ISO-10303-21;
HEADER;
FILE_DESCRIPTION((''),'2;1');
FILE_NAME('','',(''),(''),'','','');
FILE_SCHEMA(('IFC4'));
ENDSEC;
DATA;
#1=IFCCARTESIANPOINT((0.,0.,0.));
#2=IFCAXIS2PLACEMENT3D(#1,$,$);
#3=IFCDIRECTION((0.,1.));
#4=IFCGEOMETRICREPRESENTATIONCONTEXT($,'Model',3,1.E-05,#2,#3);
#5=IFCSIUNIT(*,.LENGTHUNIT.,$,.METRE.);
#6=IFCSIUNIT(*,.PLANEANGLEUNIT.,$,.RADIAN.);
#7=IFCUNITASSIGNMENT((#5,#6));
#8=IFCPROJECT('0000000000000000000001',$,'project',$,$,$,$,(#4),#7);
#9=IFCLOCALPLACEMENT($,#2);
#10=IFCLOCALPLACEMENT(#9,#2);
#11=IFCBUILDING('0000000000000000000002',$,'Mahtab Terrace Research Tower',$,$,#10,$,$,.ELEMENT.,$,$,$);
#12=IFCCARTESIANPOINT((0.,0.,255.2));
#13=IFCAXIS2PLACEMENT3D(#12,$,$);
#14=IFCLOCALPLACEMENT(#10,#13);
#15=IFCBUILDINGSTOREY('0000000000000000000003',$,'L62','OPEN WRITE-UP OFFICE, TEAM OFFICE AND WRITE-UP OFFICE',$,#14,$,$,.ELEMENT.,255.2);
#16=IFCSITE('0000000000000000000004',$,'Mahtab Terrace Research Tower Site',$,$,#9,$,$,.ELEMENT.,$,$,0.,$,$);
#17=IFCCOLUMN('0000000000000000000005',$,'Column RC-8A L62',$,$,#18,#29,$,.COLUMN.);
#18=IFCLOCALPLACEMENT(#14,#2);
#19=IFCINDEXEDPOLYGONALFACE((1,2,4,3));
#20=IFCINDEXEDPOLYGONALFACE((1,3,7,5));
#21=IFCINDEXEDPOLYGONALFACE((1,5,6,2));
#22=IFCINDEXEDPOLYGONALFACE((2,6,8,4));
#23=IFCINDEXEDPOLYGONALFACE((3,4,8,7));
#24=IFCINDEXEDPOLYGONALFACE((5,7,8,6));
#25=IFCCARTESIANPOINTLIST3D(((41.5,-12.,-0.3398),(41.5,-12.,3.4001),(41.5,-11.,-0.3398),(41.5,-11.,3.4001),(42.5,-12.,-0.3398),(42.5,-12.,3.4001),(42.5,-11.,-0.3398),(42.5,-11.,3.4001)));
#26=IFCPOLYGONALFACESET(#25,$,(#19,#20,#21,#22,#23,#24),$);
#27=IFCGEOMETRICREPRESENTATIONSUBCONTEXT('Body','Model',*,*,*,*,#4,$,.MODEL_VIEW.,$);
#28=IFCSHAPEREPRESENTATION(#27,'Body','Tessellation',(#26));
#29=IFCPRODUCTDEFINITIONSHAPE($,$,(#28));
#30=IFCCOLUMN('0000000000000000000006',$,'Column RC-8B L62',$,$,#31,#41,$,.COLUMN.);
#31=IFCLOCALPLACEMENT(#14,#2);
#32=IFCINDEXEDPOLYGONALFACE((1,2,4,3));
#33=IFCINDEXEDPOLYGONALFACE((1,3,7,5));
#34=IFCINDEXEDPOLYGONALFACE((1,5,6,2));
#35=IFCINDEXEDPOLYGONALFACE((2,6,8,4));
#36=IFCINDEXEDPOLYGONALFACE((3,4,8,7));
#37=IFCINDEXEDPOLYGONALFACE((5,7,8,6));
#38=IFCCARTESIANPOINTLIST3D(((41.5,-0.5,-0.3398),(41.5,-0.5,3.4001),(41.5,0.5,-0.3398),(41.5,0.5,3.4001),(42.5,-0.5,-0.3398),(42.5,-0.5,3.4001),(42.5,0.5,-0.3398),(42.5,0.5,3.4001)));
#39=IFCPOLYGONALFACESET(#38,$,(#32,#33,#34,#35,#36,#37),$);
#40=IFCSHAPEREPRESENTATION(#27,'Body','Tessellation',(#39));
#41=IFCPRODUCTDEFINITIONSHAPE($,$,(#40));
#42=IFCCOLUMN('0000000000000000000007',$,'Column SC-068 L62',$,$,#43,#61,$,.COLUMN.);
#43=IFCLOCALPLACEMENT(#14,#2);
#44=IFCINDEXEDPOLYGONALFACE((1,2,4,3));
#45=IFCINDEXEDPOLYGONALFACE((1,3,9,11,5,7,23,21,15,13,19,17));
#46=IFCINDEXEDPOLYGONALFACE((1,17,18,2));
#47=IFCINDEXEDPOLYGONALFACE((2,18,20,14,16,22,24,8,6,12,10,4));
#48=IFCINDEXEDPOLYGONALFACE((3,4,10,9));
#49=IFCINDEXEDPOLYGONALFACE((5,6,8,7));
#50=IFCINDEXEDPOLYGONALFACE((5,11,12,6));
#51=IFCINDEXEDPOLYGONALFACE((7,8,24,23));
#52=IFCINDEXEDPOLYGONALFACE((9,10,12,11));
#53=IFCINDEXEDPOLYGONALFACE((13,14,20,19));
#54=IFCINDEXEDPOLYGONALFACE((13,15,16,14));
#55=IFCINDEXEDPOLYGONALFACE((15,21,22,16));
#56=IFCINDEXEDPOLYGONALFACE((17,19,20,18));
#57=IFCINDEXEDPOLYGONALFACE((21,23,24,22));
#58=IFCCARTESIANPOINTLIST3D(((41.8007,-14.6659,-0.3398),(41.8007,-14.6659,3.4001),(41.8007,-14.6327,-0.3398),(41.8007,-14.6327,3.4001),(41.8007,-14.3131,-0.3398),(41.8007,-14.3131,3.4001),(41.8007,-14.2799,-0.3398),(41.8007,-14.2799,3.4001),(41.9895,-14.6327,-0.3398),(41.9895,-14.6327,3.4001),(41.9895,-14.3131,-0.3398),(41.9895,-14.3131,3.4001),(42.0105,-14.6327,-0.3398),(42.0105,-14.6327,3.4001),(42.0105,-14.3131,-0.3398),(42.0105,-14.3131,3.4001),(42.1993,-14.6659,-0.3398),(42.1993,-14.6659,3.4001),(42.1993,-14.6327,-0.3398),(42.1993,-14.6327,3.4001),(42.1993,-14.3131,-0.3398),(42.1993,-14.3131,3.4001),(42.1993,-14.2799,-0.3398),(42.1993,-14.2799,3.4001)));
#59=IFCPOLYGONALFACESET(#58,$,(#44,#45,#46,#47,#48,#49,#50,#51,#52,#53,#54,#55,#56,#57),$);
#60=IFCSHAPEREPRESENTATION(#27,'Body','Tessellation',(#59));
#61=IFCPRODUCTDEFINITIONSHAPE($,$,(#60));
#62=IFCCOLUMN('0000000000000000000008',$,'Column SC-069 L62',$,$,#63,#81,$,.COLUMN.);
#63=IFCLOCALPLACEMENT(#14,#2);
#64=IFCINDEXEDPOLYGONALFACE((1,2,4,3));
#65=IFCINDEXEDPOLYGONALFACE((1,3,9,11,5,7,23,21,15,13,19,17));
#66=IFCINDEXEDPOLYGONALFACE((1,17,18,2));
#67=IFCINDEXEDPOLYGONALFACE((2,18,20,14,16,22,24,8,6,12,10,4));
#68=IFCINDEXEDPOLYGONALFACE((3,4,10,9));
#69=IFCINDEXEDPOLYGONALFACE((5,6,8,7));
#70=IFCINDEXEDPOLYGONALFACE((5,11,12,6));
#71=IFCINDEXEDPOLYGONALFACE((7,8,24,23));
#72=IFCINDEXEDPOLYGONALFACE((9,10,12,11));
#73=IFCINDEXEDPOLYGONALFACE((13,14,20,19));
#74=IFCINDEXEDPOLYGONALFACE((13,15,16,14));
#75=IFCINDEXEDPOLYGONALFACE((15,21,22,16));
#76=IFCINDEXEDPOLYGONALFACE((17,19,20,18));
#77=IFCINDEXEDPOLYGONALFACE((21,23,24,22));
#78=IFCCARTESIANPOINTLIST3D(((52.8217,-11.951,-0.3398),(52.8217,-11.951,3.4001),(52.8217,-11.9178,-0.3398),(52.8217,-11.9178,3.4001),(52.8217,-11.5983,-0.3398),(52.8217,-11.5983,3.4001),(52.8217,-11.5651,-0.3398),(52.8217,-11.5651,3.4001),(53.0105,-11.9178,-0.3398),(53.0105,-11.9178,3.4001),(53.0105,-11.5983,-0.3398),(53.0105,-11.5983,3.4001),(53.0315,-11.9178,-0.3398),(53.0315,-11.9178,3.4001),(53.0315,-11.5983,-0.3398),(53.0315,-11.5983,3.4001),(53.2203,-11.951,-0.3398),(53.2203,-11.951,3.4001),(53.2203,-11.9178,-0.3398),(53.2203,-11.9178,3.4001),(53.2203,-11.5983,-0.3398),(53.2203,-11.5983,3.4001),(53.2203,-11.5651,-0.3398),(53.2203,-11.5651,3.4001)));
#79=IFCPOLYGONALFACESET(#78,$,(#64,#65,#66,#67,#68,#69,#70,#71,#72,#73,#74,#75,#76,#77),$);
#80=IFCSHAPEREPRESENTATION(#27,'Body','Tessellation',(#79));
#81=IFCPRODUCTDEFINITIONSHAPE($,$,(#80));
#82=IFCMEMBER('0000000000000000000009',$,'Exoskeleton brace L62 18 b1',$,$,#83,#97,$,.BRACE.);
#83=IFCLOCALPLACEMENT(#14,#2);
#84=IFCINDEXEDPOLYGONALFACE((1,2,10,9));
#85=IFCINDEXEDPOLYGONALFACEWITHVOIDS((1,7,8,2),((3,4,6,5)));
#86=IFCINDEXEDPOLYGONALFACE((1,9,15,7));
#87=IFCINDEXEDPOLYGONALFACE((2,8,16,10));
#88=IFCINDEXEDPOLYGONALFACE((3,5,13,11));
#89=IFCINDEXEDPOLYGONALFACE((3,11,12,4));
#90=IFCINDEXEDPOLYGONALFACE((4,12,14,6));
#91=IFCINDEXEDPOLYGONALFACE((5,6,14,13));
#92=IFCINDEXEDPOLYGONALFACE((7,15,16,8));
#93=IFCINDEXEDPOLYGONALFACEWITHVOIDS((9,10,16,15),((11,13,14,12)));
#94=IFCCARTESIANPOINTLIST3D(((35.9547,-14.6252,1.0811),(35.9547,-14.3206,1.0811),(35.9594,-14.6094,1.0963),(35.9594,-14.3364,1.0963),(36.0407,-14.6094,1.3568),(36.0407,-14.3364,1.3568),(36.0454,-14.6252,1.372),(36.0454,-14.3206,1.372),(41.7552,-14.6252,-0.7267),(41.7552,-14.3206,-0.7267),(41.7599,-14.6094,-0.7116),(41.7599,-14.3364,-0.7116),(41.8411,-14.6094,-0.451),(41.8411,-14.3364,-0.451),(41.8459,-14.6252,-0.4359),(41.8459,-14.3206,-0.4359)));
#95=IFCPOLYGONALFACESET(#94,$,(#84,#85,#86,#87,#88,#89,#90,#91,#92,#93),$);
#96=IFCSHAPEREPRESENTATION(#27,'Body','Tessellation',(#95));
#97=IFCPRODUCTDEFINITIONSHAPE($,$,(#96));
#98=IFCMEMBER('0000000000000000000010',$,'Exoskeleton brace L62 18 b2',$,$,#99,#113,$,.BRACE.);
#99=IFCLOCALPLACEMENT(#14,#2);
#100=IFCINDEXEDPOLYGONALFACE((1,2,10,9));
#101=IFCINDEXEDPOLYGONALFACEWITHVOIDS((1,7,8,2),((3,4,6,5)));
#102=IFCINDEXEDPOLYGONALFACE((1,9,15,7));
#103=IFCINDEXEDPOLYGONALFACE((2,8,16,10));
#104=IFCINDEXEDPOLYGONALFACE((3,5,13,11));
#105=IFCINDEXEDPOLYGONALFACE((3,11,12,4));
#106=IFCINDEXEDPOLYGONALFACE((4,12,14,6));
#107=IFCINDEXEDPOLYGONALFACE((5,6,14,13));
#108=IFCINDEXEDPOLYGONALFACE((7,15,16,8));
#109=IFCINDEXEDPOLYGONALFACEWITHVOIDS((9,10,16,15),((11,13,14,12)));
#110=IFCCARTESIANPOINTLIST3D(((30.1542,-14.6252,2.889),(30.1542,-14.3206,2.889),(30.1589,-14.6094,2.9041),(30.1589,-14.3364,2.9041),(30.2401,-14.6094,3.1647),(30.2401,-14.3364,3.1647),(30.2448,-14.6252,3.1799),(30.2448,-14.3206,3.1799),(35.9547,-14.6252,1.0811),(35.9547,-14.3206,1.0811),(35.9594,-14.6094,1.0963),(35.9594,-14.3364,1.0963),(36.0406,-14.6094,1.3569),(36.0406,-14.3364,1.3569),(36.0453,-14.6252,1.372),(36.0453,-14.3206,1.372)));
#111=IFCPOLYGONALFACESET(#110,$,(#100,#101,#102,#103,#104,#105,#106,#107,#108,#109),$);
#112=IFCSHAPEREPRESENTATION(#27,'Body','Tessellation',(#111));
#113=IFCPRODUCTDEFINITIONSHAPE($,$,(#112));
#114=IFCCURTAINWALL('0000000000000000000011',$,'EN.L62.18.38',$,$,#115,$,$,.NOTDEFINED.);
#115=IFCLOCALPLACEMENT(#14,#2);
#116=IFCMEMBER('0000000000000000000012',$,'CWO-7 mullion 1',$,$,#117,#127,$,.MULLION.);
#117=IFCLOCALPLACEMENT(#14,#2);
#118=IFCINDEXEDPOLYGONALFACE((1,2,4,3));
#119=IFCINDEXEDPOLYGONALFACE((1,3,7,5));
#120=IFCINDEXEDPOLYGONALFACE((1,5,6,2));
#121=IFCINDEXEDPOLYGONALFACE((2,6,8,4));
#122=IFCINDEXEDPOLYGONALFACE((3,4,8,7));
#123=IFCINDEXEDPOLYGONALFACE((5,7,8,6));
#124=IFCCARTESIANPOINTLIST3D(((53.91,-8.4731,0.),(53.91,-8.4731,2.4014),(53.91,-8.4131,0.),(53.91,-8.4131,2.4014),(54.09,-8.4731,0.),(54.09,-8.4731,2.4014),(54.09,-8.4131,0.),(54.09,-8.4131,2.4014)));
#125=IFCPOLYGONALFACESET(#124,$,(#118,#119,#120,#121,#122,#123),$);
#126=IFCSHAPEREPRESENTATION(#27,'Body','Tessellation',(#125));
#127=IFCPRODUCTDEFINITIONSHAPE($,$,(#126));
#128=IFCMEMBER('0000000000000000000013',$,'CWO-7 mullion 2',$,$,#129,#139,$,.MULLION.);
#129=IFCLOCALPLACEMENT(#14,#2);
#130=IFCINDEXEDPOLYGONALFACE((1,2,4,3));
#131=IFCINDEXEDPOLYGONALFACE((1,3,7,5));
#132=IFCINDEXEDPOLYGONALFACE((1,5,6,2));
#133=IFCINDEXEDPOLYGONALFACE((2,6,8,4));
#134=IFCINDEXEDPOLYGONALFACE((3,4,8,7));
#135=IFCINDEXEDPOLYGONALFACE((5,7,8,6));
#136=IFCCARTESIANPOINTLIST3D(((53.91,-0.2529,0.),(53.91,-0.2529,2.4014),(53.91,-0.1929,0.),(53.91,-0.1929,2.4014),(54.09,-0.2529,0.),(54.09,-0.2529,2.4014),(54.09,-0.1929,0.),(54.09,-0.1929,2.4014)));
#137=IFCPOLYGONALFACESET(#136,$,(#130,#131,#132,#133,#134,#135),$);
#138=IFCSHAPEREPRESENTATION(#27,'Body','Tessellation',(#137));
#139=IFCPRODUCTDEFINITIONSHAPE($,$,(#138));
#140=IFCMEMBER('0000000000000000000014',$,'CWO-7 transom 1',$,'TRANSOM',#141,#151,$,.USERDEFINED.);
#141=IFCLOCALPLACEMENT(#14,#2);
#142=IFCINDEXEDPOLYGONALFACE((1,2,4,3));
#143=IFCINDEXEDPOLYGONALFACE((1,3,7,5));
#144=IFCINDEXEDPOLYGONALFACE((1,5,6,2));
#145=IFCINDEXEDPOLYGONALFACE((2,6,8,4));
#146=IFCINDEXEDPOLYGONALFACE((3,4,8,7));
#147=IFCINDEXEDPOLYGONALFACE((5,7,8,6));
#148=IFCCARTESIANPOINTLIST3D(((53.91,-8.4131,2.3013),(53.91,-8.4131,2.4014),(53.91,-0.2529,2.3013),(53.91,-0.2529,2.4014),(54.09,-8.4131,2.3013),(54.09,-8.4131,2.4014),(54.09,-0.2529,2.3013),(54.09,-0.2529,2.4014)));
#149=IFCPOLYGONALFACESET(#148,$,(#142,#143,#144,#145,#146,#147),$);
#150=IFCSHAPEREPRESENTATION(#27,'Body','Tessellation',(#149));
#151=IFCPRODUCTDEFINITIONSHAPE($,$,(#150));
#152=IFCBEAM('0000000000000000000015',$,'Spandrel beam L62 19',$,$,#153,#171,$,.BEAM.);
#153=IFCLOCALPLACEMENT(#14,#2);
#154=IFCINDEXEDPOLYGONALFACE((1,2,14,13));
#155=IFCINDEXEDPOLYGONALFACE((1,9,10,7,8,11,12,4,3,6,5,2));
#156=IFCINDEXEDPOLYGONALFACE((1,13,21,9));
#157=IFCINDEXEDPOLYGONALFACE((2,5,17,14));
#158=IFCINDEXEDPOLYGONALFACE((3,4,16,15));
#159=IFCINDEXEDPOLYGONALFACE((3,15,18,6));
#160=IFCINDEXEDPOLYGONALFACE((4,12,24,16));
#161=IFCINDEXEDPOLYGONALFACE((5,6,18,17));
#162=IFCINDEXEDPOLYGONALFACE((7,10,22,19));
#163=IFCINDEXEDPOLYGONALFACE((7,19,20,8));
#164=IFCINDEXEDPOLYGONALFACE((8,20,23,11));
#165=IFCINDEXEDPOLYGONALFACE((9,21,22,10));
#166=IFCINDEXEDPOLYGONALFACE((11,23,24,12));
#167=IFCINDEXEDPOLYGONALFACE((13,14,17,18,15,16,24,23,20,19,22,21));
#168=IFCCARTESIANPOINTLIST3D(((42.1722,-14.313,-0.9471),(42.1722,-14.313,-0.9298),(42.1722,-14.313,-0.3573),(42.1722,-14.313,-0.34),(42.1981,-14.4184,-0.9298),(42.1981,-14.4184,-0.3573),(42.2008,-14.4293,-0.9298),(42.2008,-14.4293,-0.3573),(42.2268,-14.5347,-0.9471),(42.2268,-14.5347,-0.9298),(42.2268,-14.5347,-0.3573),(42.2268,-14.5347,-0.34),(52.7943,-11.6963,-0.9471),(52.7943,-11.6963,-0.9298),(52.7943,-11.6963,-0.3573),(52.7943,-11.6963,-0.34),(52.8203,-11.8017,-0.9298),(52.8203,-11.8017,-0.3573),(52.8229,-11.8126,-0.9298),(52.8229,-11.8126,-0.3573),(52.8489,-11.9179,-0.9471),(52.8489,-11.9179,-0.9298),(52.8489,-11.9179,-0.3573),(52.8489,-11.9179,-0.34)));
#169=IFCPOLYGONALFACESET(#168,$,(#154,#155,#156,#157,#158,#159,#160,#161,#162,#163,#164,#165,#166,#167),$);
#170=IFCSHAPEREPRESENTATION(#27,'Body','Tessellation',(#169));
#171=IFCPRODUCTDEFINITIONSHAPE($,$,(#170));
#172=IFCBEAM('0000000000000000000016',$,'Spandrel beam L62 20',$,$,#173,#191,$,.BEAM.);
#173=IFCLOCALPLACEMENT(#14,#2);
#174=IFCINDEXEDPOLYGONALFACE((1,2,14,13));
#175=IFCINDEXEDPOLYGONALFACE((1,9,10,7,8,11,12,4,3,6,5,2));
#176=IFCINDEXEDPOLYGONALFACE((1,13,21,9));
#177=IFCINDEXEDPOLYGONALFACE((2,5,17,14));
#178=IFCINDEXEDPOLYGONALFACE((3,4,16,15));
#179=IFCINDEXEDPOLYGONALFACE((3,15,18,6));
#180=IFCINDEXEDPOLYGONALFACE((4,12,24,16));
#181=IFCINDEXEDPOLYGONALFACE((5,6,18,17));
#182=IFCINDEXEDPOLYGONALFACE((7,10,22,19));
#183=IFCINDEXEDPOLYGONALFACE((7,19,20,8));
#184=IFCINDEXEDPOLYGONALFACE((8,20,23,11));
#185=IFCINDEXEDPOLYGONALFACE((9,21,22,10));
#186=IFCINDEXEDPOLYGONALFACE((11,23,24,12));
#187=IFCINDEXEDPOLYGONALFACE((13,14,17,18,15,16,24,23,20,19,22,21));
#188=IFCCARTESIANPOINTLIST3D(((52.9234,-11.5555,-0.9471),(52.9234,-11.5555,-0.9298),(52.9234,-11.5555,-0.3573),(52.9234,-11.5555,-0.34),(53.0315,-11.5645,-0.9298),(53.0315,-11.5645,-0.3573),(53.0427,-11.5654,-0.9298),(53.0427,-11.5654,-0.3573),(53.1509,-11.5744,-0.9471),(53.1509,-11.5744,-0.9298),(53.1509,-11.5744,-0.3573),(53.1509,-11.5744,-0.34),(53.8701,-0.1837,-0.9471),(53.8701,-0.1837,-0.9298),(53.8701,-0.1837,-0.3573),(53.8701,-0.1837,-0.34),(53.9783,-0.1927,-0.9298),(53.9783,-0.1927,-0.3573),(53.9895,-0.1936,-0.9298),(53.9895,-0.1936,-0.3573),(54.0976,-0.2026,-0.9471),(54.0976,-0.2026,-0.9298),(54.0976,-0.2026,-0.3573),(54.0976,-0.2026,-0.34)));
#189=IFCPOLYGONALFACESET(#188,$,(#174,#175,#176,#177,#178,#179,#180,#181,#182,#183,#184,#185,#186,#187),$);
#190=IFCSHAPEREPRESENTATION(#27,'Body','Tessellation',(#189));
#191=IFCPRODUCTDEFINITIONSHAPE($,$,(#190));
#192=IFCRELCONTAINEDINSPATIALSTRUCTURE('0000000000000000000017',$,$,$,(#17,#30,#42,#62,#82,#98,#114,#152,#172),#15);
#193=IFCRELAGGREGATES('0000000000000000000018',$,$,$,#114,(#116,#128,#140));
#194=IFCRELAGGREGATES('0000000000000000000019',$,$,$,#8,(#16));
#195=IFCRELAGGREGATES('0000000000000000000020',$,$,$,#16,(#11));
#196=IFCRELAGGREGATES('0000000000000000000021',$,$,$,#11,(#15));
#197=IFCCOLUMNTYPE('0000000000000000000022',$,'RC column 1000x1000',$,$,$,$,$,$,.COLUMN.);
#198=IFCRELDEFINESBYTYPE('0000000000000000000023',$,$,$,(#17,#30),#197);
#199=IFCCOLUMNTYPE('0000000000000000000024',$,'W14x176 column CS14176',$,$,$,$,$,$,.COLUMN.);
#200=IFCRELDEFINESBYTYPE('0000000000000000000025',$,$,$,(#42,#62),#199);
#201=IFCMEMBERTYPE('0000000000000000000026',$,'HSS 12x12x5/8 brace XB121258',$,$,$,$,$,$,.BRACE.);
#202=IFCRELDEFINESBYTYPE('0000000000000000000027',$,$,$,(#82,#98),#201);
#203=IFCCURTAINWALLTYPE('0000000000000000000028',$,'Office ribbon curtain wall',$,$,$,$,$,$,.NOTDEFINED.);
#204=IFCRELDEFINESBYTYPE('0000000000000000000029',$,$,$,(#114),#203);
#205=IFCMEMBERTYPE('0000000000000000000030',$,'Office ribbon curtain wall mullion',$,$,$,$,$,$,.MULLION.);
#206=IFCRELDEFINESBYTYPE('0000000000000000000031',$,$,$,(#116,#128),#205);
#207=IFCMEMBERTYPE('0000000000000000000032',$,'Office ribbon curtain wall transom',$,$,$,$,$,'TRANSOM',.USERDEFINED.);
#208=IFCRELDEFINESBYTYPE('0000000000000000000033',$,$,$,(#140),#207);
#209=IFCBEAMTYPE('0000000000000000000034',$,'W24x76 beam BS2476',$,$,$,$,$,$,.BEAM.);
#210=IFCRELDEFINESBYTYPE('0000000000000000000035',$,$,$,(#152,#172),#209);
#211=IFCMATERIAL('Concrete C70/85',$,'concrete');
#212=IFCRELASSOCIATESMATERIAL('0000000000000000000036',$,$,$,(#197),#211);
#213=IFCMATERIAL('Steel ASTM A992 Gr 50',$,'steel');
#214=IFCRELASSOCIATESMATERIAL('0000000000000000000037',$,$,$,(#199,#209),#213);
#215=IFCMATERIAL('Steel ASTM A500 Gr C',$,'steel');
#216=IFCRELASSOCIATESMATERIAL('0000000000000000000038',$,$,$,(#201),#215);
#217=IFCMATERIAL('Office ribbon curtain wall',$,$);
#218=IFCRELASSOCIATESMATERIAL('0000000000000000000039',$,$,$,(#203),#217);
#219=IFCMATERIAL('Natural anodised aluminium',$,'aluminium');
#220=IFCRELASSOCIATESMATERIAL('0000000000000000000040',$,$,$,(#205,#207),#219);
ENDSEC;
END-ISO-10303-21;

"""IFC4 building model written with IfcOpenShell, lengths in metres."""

from ifc_helpers import new_model, si_unit, direction, frame, origin, origin_2d, place, context, subcontext, project, spatial, rectangle, hollow_rectangle, i_section, extrude, material, material_profile, profile_set, type_object, element, aggregate, save


model = new_model("IFC4")

# Units and contexts
model_context = context("Model", 3, precision=1e-05, world=origin(), true_north=direction((0.0, 1.0)))
body_context = subcontext(model_context, "Body", "Model", "MODEL_VIEW")
ifc_project = project(units=[si_unit("LENGTHUNIT", "METRE"), si_unit("PLANEANGLEUNIT", "RADIAN")], contexts=[model_context])

# Site, building, storey
site_placement = place(None, origin())
site = spatial("IfcSite", under=ifc_project, at=site_placement, Name="Mahtab Terrace Research Tower Site", CompositionType="ELEMENT", RefElevation=0.0)
building_placement = place(site_placement, origin())
building = spatial("IfcBuilding", under=site, at=building_placement, Name="Mahtab Terrace Research Tower", CompositionType="ELEMENT")
storey_placement = place(building_placement, frame((0.0, 0.0, 255.2)))
storey = spatial("IfcBuildingStorey", under=building, at=storey_placement, Name="L62", Description="OPEN WRITE-UP OFFICE, TEAM OFFICE AND WRITE-UP OFFICE", CompositionType="ELEMENT", Elevation=255.2)

# Columns
ifc_material_1 = material(Name="Concrete C70/85", Category="concrete")
ifc_material_profile_1 = material_profile(ifc_material_1, rectangle(XDim=1.0, YDim=1.0, at=origin_2d()), Name="RC column 1000x1000")
ifc_profile_set_1 = profile_set([ifc_material_profile_1], Name="Concrete C70/85")
column_type_1 = type_object("IfcColumnType", Name="RC column 1000x1000", PredefinedType="COLUMN", material=ifc_profile_set_1)
for number, where, z_axis, x_axis, name in (
    (1, (42.0, -11.5, -0.3398), (0.0, 0.0, 1.0), (1.0, 0.0, 0.0), "Column RC-8A L62"),
    (2, (42.0, 0.0, -0.3398), (0.0, 0.0, 1.0), (1.0, 0.0, 0.0), "Column RC-8B L62"),
):
    element("IfcColumn", number, at=place(storey_placement, frame(where, z_axis=z_axis, x_axis=x_axis)), inside=storey, type_object=column_type_1, Name=name, PredefinedType="COLUMN", context=body_context, shape_type="SweptSolid", body=[
        extrude(rectangle(XDim=1.0, YDim=1.0, at=origin_2d()), origin(), (0.0, 0.0, 1.0), 3.74),
    ])
ifc_material_2 = material(Name="Steel ASTM A992 Gr 50", Category="steel")
ifc_material_profile_2 = material_profile(ifc_material_2, i_section(OverallWidth=0.3987, OverallDepth=0.386, WebThickness=0.021, FlangeThickness=0.0332, at=origin_2d()), Name="W14X176")
ifc_profile_set_2 = profile_set([ifc_material_profile_2], Name="Steel ASTM A992 Gr 50")
column_type_2 = type_object("IfcColumnType", Name="W14x176 column CS14176", PredefinedType="COLUMN", material=ifc_profile_set_2)
for number, where, z_axis, x_axis, name in (
    (3, (42.0, -14.4729, -0.3398), (0.0, 0.0, 1.0), (1.0, 0.0, 0.0), "Column SC-068 L62"),
    (4, (53.021, -11.7581, -0.3398), (0.0, 0.0, 1.0), (1.0, 0.0, 0.0), "Column SC-069 L62"),
):
    element("IfcColumn", number, at=place(storey_placement, frame(where, z_axis=z_axis, x_axis=x_axis)), inside=storey, type_object=column_type_2, Name=name, PredefinedType="COLUMN", context=body_context, shape_type="SweptSolid", body=[
        extrude(i_section(OverallWidth=0.3987, OverallDepth=0.386, WebThickness=0.021, FlangeThickness=0.0332, at=origin_2d()), origin(), (0.0, 0.0, 1.0), 3.74),
    ])

# Members
ifc_material_3 = material(Name="Steel ASTM A500 Gr C", Category="steel")
ifc_material_profile_3 = material_profile(ifc_material_3, hollow_rectangle(XDim=0.3047, YDim=0.3047, WallThickness=0.0159, at=origin_2d()), Name="HSS12X12X5/8")
ifc_profile_set_3 = profile_set([ifc_material_profile_3], Name="Steel ASTM A500 Gr C")
member_type_1 = type_object("IfcMemberType", Name="HSS 12x12x5/8 brace XB121258", PredefinedType="BRACE", material=ifc_profile_set_3)
for number, where, z_axis, x_axis, name in (
    (5, (41.8005, -14.4729, -0.5813), (-0.954705, 0.0, 0.297554), (0.0, -1.0, 0.0), "Exoskeleton brace L62 18 b1"),
    (6, (36.0, -14.4729, 1.2266), (-0.954705, 0.0, 0.297554), (0.0, -1.0, 0.0), "Exoskeleton brace L62 18 b2"),
):
    element("IfcMember", number, at=place(storey_placement, frame(where, z_axis=z_axis, x_axis=x_axis)), inside=storey, type_object=member_type_1, Name=name, PredefinedType="BRACE", context=body_context, shape_type="SweptSolid", body=[
        extrude(hollow_rectangle(XDim=0.3047, YDim=0.3047, WallThickness=0.0159, at=origin_2d()), origin(), (0.0, 0.0, 1.0), 6.0757),
    ])

# Curtain wall, members
ifc_material_4 = material(Name="Office ribbon curtain wall")
curtain_wall_type = type_object("IfcCurtainWallType", Name="Office ribbon curtain wall", PredefinedType="NOTDEFINED", material=ifc_material_4)
curtain_wall_placement = place(storey_placement, origin())
curtain_wall = element("IfcCurtainWall", 7, at=curtain_wall_placement, inside=storey, type_object=curtain_wall_type, Name="EN.L62.18.38", PredefinedType="NOTDEFINED")
ifc_material_5 = material(Name="Natural anodised aluminium", Category="aluminium")
ifc_material_profile_4 = material_profile(ifc_material_5, rectangle(XDim=0.1799, YDim=0.0601, at=origin_2d()), Name="MULLION 60x180")
ifc_profile_set_4 = profile_set([ifc_material_profile_4], Name="Natural anodised aluminium")
member_type_2 = type_object("IfcMemberType", Name="Office ribbon curtain wall mullion", PredefinedType="MULLION", material=ifc_profile_set_4)
member_1_placement = place(storey_placement, frame((54.0, -8.4431, 0.0), z_axis=(0.0, 0.0, 1.0), x_axis=(-1.0, 0.0, 0.0)))
member_1 = element("IfcMember", 8, at=member_1_placement, type_object=member_type_2, Name="CWO-7 mullion 1", PredefinedType="MULLION", context=body_context, shape_type="SweptSolid", body=[
    extrude(rectangle(XDim=0.1799, YDim=0.0601, at=origin_2d()), origin(), (0.0, 0.0, 1.0), 2.4014),
])
member_2_placement = place(storey_placement, frame((54.0, -0.2229, 0.0), z_axis=(0.0, 0.0, 1.0), x_axis=(-1.0, 0.0, 0.0)))
member_2 = element("IfcMember", 9, at=member_2_placement, type_object=member_type_2, Name="CWO-7 mullion 2", PredefinedType="MULLION", context=body_context, shape_type="SweptSolid", body=[
    extrude(rectangle(XDim=0.1799, YDim=0.0601, at=origin_2d()), origin(), (0.0, 0.0, 1.0), 2.4014),
])
ifc_material_profile_5 = material_profile(ifc_material_5, rectangle(XDim=0.1799, YDim=0.1001, at=origin_2d()), Name="TRANSOM 100x180")
ifc_profile_set_5 = profile_set([ifc_material_profile_5], Name="Natural anodised aluminium")
member_type_3 = type_object("IfcMemberType", Name="Office ribbon curtain wall transom", ElementType="TRANSOM", PredefinedType="USERDEFINED", material=ifc_profile_set_5)
member_3_placement = place(storey_placement, frame((54.0, -8.4131, 2.3513), z_axis=(0.0, 1.0, 0.0), x_axis=(-1.0, 0.0, 0.0)))
member_3 = element("IfcMember", 10, at=member_3_placement, type_object=member_type_3, Name="CWO-7 transom 1", ObjectType="TRANSOM", PredefinedType="USERDEFINED", context=body_context, shape_type="SweptSolid", body=[
    extrude(rectangle(XDim=0.1799, YDim=0.1001, at=origin_2d()), origin(), (0.0, 0.0, 1.0), 8.1602),
])

# Beams
ifc_material_profile_6 = material_profile(ifc_material_2, i_section(OverallWidth=0.2283, OverallDepth=0.6072, WebThickness=0.0112, FlangeThickness=0.0173, at=origin_2d()), Name="W24X76")
ifc_profile_set_6 = profile_set([ifc_material_profile_6], Name="Steel ASTM A992 Gr 50")
beam_type = type_object("IfcBeamType", Name="W24x76 beam BS2476", PredefinedType="BEAM", material=ifc_profile_set_6)
beam_1_placement = place(storey_placement, frame((42.1995, -14.4238, -0.6436), z_axis=(0.970972, 0.239195, 0.0), x_axis=(-0.239195, 0.970972, 0.0)))
element("IfcBeam", 11, at=beam_1_placement, inside=storey, type_object=beam_type, Name="Spandrel beam L62 19", PredefinedType="BEAM", context=body_context, shape_type="SweptSolid", body=[
    extrude(i_section(OverallWidth=0.2283, OverallDepth=0.6072, WebThickness=0.0112, FlangeThickness=0.0173, at=origin_2d()), origin(), (0.0, 0.0, 1.0), 10.9397),
])
beam_2_placement = place(storey_placement, frame((53.0371, -11.5649, -0.6436), z_axis=(0.082969, 0.996552, 0.0), x_axis=(-0.996552, 0.082969, 0.0)))
element("IfcBeam", 12, at=beam_2_placement, inside=storey, type_object=beam_type, Name="Spandrel beam L62 20", PredefinedType="BEAM", context=body_context, shape_type="SweptSolid", body=[
    extrude(i_section(OverallWidth=0.2283, OverallDepth=0.6072, WebThickness=0.0112, FlangeThickness=0.0173, at=origin_2d()), origin(), (0.0, 0.0, 1.0), 11.4111),
])

aggregate(curtain_wall, [member_1, member_2, member_3])

save(model, "model.ifc")
